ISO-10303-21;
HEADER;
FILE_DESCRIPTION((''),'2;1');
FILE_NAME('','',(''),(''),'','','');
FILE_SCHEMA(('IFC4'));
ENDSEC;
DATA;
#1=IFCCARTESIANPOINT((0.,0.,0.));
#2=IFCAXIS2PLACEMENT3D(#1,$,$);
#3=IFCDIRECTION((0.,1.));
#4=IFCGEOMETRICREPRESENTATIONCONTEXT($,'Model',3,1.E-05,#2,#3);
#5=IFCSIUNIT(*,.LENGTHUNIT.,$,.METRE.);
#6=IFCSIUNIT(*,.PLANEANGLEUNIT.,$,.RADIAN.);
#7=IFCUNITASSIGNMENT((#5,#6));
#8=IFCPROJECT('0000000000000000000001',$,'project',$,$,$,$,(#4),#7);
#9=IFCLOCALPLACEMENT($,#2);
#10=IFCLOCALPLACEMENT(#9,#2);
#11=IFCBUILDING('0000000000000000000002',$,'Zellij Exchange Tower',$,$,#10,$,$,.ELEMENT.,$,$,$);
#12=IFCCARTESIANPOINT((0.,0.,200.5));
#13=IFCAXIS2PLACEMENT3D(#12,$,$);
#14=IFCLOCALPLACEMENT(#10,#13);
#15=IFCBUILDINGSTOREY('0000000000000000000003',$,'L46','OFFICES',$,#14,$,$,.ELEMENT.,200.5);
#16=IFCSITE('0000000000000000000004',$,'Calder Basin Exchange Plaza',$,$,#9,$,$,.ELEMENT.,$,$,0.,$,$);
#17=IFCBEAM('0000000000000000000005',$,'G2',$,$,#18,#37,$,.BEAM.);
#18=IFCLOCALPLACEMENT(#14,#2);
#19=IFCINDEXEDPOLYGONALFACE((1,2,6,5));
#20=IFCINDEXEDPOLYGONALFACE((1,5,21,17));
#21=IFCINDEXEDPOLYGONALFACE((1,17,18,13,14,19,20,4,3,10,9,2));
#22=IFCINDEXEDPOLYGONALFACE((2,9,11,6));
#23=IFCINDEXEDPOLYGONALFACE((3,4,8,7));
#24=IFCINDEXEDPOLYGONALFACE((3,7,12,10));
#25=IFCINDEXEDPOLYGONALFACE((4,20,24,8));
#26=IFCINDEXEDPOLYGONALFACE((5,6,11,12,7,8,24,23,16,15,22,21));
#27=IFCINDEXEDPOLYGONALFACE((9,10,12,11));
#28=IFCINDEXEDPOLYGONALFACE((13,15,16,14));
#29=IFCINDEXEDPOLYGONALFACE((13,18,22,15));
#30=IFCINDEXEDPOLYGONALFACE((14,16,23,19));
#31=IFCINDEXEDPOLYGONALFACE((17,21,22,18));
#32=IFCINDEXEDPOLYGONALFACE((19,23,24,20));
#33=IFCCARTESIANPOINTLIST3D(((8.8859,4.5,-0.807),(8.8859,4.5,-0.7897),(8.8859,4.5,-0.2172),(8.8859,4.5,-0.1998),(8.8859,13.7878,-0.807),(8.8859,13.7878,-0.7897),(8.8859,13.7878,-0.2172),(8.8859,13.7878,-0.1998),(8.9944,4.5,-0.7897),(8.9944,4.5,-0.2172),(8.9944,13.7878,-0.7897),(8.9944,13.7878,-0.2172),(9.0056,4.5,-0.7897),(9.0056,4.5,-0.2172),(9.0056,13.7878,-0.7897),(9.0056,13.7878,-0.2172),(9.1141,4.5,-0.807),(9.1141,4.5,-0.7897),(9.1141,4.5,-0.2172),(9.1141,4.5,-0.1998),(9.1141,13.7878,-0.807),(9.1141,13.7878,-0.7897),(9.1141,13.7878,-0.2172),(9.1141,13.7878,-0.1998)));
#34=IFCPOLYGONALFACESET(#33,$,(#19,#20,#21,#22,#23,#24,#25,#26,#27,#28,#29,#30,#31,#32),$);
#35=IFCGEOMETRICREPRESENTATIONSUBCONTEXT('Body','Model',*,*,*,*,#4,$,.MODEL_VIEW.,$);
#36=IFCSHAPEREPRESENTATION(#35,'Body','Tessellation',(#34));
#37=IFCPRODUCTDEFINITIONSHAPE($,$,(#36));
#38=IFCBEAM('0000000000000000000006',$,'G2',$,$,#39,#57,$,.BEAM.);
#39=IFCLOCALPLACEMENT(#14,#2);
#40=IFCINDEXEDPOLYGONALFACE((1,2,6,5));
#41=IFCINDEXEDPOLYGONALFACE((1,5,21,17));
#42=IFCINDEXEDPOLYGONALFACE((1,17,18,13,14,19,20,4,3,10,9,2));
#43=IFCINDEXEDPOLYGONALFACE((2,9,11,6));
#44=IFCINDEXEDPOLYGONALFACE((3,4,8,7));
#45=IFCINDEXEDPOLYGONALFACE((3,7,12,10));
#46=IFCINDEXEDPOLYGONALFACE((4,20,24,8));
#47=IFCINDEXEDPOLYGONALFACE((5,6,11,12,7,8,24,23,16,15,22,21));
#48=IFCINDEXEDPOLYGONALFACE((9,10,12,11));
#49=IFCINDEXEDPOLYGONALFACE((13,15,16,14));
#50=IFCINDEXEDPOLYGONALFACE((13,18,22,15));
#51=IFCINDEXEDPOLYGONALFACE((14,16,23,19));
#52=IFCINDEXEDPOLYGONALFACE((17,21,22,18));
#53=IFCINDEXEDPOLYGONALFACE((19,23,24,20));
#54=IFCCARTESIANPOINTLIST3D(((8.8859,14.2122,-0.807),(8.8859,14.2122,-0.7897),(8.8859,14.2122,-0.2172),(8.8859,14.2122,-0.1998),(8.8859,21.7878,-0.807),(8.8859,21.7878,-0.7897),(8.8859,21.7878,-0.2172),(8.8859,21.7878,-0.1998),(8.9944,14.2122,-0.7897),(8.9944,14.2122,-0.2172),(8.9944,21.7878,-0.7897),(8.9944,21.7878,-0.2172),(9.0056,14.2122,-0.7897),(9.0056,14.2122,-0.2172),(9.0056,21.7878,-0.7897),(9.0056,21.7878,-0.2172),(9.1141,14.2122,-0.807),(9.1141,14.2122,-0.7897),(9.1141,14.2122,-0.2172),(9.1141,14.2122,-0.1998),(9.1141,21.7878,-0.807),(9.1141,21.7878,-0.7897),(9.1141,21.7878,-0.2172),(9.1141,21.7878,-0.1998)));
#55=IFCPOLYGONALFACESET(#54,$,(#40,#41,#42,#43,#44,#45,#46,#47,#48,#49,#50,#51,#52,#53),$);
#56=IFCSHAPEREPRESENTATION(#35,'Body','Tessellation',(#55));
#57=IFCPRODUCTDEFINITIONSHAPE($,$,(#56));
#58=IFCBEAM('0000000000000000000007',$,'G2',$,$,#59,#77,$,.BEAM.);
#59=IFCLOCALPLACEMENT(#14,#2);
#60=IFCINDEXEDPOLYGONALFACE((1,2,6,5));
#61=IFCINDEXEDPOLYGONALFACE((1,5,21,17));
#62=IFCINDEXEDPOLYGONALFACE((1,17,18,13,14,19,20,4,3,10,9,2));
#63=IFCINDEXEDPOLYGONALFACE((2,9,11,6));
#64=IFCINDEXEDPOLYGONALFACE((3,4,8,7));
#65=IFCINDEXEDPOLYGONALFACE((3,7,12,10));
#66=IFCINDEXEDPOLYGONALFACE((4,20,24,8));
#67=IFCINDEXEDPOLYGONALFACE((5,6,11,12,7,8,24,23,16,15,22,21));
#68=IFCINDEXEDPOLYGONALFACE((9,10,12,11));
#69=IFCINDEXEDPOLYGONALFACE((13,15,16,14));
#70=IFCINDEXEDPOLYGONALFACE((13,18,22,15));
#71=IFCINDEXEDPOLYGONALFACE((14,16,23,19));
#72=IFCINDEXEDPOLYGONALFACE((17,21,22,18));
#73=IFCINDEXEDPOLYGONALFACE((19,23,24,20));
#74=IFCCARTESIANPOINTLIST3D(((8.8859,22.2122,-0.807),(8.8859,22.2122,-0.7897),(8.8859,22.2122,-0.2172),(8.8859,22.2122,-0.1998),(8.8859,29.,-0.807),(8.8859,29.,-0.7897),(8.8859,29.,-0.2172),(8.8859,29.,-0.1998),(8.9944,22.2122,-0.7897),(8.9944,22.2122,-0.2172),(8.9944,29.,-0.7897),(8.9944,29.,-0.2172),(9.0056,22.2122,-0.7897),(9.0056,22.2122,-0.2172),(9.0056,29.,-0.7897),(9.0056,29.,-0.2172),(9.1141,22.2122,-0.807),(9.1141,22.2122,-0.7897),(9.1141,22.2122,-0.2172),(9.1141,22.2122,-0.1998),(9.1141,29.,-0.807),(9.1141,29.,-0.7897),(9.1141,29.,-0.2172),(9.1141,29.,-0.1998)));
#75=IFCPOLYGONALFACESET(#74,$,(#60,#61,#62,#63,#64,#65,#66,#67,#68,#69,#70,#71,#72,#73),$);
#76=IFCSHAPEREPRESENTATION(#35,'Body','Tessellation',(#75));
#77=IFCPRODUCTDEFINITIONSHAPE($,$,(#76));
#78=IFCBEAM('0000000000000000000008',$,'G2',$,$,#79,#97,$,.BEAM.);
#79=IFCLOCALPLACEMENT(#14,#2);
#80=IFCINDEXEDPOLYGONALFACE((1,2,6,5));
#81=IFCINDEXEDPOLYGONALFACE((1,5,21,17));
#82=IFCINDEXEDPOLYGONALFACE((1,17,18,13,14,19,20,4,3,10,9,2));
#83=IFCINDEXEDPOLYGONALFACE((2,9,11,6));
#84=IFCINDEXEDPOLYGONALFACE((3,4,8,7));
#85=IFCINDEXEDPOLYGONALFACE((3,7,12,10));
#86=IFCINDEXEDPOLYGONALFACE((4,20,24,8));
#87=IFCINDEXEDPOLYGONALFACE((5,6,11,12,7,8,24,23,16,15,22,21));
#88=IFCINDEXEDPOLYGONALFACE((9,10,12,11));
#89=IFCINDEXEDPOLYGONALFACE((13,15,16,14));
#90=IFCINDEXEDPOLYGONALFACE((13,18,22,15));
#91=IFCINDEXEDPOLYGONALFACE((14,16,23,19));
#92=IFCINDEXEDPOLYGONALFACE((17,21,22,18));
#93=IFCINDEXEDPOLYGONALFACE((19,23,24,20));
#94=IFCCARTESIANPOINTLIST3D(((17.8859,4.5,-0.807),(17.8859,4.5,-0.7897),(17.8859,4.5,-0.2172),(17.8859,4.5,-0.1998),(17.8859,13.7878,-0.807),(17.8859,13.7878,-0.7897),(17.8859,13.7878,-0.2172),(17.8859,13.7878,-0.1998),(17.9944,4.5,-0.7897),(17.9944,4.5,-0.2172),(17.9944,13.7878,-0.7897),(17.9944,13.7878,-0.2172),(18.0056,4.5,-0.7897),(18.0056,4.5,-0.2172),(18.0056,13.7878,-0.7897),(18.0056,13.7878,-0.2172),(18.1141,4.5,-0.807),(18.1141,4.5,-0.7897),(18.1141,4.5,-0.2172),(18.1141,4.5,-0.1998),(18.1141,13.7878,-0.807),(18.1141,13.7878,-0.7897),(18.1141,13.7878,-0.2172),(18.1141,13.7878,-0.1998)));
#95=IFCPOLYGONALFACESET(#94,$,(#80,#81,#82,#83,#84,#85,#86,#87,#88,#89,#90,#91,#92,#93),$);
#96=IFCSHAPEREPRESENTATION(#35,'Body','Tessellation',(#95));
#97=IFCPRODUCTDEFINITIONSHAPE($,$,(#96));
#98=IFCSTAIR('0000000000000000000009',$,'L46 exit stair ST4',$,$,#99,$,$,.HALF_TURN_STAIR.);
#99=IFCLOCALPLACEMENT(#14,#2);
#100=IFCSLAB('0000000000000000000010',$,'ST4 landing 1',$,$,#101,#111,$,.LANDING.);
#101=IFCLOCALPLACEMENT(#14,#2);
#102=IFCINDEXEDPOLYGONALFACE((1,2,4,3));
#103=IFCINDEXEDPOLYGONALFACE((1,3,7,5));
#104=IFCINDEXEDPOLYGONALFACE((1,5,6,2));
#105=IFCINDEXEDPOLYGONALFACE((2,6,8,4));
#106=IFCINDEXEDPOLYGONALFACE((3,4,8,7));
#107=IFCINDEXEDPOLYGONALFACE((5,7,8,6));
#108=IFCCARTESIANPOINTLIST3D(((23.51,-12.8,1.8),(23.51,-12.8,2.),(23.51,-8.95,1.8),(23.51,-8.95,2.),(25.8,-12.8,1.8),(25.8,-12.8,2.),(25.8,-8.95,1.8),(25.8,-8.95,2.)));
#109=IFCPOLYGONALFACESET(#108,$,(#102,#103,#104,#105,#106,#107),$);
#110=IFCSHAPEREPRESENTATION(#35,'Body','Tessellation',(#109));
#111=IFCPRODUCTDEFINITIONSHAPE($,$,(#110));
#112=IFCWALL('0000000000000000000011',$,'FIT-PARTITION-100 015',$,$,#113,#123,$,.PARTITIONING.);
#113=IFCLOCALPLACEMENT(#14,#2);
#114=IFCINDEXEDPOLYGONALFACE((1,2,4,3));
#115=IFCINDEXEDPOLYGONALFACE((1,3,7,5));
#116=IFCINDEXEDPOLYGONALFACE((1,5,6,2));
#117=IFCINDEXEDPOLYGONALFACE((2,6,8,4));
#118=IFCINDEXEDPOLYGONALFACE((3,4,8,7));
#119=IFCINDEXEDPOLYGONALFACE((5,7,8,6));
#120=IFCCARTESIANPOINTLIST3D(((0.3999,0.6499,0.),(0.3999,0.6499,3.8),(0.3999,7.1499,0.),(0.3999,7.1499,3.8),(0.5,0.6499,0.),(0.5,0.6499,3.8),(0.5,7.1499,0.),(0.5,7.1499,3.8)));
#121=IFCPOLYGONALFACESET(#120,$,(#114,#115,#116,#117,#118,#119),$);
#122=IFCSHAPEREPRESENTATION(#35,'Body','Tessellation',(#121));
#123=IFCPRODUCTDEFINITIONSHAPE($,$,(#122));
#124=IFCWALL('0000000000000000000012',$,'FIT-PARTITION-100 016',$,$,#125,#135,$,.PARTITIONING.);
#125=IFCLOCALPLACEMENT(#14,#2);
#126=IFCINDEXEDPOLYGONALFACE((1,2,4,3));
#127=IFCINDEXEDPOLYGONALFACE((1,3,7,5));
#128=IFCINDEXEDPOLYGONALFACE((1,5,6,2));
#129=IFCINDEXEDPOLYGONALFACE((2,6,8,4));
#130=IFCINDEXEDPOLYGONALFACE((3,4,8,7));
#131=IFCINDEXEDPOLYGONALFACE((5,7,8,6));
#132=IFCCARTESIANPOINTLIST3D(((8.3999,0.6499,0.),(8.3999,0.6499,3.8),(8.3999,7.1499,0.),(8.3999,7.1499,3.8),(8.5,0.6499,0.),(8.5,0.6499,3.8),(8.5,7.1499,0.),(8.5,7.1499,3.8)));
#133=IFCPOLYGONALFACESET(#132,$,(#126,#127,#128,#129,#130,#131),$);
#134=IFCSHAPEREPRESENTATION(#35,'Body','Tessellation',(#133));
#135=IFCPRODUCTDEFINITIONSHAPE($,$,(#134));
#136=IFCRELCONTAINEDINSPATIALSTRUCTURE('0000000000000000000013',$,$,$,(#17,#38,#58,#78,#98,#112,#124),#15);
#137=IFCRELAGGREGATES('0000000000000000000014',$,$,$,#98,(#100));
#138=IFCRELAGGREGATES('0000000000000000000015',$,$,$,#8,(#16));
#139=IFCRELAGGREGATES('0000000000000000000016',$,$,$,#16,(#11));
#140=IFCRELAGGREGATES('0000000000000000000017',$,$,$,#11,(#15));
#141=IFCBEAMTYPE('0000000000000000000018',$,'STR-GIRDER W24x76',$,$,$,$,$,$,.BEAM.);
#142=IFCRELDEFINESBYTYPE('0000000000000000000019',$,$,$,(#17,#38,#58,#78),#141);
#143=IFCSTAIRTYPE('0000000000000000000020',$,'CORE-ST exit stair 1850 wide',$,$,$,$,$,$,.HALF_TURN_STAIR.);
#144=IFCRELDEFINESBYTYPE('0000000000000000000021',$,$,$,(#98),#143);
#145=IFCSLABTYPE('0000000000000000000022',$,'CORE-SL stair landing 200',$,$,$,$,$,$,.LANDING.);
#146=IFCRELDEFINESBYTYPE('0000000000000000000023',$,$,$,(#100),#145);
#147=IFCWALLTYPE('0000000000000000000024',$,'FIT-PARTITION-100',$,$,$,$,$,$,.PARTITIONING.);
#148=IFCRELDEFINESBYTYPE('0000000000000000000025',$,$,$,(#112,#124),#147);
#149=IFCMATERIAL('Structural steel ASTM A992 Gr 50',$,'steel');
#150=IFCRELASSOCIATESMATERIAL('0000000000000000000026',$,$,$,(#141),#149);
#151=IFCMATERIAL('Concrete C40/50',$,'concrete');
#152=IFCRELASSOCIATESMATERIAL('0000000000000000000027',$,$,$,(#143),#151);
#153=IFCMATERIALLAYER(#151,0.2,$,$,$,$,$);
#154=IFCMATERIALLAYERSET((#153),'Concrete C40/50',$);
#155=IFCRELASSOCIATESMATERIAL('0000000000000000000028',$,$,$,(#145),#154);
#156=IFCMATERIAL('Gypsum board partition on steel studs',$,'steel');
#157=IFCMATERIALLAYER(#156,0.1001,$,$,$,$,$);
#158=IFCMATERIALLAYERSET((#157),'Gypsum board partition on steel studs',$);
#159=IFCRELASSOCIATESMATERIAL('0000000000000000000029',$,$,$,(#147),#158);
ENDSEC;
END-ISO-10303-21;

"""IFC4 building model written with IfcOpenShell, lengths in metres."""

from ifc_helpers import new_model, si_unit, direction, frame, frame_2d, origin, origin_2d, place, context, subcontext, project, spatial, polyline, rectangle, i_section, outline, extrude, material, layer, layer_set, material_profile, profile_set, type_object, element, aggregate, save


model = new_model("IFC4")

# Units and contexts
model_context = context("Model", 3, precision=1e-05, world=origin(), true_north=direction((0.0, 1.0)))
body_context = subcontext(model_context, "Body", "Model", "MODEL_VIEW")
ifc_project = project(units=[si_unit("LENGTHUNIT", "METRE"), si_unit("PLANEANGLEUNIT", "RADIAN")], contexts=[model_context])

# Site, building, storey
site_placement = place(None, origin())
site = spatial("IfcSite", under=ifc_project, at=site_placement, Name="Calder Basin Exchange Plaza", CompositionType="ELEMENT", RefElevation=0.0)
building_placement = place(site_placement, origin())
building = spatial("IfcBuilding", under=site, at=building_placement, Name="Zellij Exchange Tower", CompositionType="ELEMENT")
storey_placement = place(building_placement, frame((0.0, 0.0, 200.5)))
storey = spatial("IfcBuildingStorey", under=building, at=storey_placement, Name="L46", Description="OFFICES", CompositionType="ELEMENT", Elevation=200.5)

# Beams
ifc_material_1 = material(Name="Structural steel ASTM A992 Gr 50", Category="steel")
ifc_material_profile_1 = material_profile(ifc_material_1, i_section(OverallWidth=0.2283, OverallDepth=0.6072, WebThickness=0.0112, FlangeThickness=0.0173, at=origin_2d()), Name="W24x76")
ifc_profile_set_1 = profile_set([ifc_material_profile_1], Name="Structural steel ASTM A992 Gr 50")
beam_type = type_object("IfcBeamType", Name="STR-GIRDER W24x76", PredefinedType="BEAM", material=ifc_profile_set_1)
beam_1_placement = place(storey_placement, frame((9.0, 4.5, -0.5034), z_axis=(0.0, 1.0, 0.0), x_axis=(-1.0, 0.0, 0.0)))
element("IfcBeam", 1, at=beam_1_placement, inside=storey, type_object=beam_type, Name="G2", PredefinedType="BEAM", context=body_context, shape_type="SweptSolid", body=[
    extrude(i_section(OverallWidth=0.2283, OverallDepth=0.6072, WebThickness=0.0112, FlangeThickness=0.0173, at=origin_2d()), origin(), (0.0, 0.0, 1.0), 9.2878),
])
beam_2_placement = place(storey_placement, frame((9.0, 14.2122, -0.5034), z_axis=(0.0, 1.0, 0.0), x_axis=(-1.0, 0.0, 0.0)))
element("IfcBeam", 2, at=beam_2_placement, inside=storey, type_object=beam_type, Name="G2", PredefinedType="BEAM", context=body_context, shape_type="SweptSolid", body=[
    extrude(i_section(OverallWidth=0.2283, OverallDepth=0.6072, WebThickness=0.0112, FlangeThickness=0.0173, at=origin_2d()), origin(), (0.0, 0.0, 1.0), 7.5757),
])
beam_3_placement = place(storey_placement, frame((9.0, 22.2122, -0.5034), z_axis=(0.0, 1.0, 0.0), x_axis=(-1.0, 0.0, 0.0)))
element("IfcBeam", 3, at=beam_3_placement, inside=storey, type_object=beam_type, Name="G2", PredefinedType="BEAM", context=body_context, shape_type="SweptSolid", body=[
    extrude(i_section(OverallWidth=0.2283, OverallDepth=0.6072, WebThickness=0.0112, FlangeThickness=0.0173, at=origin_2d()), origin(), (0.0, 0.0, 1.0), 6.7878),
])
beam_4_placement = place(storey_placement, frame((18.0, 4.5, -0.5034), z_axis=(0.0, 1.0, 0.0), x_axis=(-1.0, 0.0, 0.0)))
element("IfcBeam", 4, at=beam_4_placement, inside=storey, type_object=beam_type, Name="G2", PredefinedType="BEAM", context=body_context, shape_type="SweptSolid", body=[
    extrude(i_section(OverallWidth=0.2283, OverallDepth=0.6072, WebThickness=0.0112, FlangeThickness=0.0173, at=origin_2d()), origin(), (0.0, 0.0, 1.0), 9.2878),
])

# Stair, slab
ifc_material_2 = material(Name="Concrete C40/50", Category="concrete")
stair_type = type_object("IfcStairType", Name="CORE-ST exit stair 1850 wide", PredefinedType="HALF_TURN_STAIR", material=ifc_material_2)
stair_placement = place(storey_placement, origin())
stair = element("IfcStair", 5, at=stair_placement, inside=storey, type_object=stair_type, Name="L46 exit stair ST4", PredefinedType="HALF_TURN_STAIR")
ifc_layer_1 = layer(ifc_material_2, 0.2)
ifc_layer_set_1 = layer_set([ifc_layer_1], Name="Concrete C40/50")
slab_type = type_object("IfcSlabType", Name="CORE-SL stair landing 200", PredefinedType="LANDING", material=ifc_layer_set_1)
slab_placement = place(storey_placement, frame((0.0, 0.0, 1.8)))
slab = element("IfcSlab", 6, at=slab_placement, type_object=slab_type, Name="ST4 landing 1", PredefinedType="LANDING", context=body_context, shape_type="SweptSolid", body=[
    extrude(outline(polyline([(23.51, -12.8), (25.8, -12.8), (25.8, -8.95), (23.51, -8.95), (23.51, -12.8)])), origin(), (0.0, 0.0, 1.0), 0.2),
])
aggregate(stair, [slab])

# Walls
ifc_material_3 = material(Name="Gypsum board partition on steel studs", Category="steel")
ifc_layer_2 = layer(ifc_material_3, 0.1001)
ifc_layer_set_2 = layer_set([ifc_layer_2], Name="Gypsum board partition on steel studs")
wall_type = type_object("IfcWallType", Name="FIT-PARTITION-100", PredefinedType="PARTITIONING", material=ifc_layer_set_2)
for number, where, z_axis, x_axis, name in (
    (7, (0.45, 0.6499, 0.0), (0.0, 0.0, 1.0), (0.0, 1.0, 0.0), "FIT-PARTITION-100 015"),
    (8, (8.45, 0.6499, 0.0), (0.0, 0.0, 1.0), (0.0, 1.0, 0.0), "FIT-PARTITION-100 016"),
):
    element("IfcWall", number, at=place(storey_placement, frame(where, z_axis=z_axis, x_axis=x_axis)), inside=storey, type_object=wall_type, Name=name, PredefinedType="PARTITIONING", context=body_context, shape_type="SweptSolid", body=[
        extrude(rectangle(XDim=6.5, YDim=0.1001, at=frame_2d((3.25, 0.0))), origin(), (0.0, 0.0, 1.0), 3.8),
    ])

save(model, "model.ifc")
